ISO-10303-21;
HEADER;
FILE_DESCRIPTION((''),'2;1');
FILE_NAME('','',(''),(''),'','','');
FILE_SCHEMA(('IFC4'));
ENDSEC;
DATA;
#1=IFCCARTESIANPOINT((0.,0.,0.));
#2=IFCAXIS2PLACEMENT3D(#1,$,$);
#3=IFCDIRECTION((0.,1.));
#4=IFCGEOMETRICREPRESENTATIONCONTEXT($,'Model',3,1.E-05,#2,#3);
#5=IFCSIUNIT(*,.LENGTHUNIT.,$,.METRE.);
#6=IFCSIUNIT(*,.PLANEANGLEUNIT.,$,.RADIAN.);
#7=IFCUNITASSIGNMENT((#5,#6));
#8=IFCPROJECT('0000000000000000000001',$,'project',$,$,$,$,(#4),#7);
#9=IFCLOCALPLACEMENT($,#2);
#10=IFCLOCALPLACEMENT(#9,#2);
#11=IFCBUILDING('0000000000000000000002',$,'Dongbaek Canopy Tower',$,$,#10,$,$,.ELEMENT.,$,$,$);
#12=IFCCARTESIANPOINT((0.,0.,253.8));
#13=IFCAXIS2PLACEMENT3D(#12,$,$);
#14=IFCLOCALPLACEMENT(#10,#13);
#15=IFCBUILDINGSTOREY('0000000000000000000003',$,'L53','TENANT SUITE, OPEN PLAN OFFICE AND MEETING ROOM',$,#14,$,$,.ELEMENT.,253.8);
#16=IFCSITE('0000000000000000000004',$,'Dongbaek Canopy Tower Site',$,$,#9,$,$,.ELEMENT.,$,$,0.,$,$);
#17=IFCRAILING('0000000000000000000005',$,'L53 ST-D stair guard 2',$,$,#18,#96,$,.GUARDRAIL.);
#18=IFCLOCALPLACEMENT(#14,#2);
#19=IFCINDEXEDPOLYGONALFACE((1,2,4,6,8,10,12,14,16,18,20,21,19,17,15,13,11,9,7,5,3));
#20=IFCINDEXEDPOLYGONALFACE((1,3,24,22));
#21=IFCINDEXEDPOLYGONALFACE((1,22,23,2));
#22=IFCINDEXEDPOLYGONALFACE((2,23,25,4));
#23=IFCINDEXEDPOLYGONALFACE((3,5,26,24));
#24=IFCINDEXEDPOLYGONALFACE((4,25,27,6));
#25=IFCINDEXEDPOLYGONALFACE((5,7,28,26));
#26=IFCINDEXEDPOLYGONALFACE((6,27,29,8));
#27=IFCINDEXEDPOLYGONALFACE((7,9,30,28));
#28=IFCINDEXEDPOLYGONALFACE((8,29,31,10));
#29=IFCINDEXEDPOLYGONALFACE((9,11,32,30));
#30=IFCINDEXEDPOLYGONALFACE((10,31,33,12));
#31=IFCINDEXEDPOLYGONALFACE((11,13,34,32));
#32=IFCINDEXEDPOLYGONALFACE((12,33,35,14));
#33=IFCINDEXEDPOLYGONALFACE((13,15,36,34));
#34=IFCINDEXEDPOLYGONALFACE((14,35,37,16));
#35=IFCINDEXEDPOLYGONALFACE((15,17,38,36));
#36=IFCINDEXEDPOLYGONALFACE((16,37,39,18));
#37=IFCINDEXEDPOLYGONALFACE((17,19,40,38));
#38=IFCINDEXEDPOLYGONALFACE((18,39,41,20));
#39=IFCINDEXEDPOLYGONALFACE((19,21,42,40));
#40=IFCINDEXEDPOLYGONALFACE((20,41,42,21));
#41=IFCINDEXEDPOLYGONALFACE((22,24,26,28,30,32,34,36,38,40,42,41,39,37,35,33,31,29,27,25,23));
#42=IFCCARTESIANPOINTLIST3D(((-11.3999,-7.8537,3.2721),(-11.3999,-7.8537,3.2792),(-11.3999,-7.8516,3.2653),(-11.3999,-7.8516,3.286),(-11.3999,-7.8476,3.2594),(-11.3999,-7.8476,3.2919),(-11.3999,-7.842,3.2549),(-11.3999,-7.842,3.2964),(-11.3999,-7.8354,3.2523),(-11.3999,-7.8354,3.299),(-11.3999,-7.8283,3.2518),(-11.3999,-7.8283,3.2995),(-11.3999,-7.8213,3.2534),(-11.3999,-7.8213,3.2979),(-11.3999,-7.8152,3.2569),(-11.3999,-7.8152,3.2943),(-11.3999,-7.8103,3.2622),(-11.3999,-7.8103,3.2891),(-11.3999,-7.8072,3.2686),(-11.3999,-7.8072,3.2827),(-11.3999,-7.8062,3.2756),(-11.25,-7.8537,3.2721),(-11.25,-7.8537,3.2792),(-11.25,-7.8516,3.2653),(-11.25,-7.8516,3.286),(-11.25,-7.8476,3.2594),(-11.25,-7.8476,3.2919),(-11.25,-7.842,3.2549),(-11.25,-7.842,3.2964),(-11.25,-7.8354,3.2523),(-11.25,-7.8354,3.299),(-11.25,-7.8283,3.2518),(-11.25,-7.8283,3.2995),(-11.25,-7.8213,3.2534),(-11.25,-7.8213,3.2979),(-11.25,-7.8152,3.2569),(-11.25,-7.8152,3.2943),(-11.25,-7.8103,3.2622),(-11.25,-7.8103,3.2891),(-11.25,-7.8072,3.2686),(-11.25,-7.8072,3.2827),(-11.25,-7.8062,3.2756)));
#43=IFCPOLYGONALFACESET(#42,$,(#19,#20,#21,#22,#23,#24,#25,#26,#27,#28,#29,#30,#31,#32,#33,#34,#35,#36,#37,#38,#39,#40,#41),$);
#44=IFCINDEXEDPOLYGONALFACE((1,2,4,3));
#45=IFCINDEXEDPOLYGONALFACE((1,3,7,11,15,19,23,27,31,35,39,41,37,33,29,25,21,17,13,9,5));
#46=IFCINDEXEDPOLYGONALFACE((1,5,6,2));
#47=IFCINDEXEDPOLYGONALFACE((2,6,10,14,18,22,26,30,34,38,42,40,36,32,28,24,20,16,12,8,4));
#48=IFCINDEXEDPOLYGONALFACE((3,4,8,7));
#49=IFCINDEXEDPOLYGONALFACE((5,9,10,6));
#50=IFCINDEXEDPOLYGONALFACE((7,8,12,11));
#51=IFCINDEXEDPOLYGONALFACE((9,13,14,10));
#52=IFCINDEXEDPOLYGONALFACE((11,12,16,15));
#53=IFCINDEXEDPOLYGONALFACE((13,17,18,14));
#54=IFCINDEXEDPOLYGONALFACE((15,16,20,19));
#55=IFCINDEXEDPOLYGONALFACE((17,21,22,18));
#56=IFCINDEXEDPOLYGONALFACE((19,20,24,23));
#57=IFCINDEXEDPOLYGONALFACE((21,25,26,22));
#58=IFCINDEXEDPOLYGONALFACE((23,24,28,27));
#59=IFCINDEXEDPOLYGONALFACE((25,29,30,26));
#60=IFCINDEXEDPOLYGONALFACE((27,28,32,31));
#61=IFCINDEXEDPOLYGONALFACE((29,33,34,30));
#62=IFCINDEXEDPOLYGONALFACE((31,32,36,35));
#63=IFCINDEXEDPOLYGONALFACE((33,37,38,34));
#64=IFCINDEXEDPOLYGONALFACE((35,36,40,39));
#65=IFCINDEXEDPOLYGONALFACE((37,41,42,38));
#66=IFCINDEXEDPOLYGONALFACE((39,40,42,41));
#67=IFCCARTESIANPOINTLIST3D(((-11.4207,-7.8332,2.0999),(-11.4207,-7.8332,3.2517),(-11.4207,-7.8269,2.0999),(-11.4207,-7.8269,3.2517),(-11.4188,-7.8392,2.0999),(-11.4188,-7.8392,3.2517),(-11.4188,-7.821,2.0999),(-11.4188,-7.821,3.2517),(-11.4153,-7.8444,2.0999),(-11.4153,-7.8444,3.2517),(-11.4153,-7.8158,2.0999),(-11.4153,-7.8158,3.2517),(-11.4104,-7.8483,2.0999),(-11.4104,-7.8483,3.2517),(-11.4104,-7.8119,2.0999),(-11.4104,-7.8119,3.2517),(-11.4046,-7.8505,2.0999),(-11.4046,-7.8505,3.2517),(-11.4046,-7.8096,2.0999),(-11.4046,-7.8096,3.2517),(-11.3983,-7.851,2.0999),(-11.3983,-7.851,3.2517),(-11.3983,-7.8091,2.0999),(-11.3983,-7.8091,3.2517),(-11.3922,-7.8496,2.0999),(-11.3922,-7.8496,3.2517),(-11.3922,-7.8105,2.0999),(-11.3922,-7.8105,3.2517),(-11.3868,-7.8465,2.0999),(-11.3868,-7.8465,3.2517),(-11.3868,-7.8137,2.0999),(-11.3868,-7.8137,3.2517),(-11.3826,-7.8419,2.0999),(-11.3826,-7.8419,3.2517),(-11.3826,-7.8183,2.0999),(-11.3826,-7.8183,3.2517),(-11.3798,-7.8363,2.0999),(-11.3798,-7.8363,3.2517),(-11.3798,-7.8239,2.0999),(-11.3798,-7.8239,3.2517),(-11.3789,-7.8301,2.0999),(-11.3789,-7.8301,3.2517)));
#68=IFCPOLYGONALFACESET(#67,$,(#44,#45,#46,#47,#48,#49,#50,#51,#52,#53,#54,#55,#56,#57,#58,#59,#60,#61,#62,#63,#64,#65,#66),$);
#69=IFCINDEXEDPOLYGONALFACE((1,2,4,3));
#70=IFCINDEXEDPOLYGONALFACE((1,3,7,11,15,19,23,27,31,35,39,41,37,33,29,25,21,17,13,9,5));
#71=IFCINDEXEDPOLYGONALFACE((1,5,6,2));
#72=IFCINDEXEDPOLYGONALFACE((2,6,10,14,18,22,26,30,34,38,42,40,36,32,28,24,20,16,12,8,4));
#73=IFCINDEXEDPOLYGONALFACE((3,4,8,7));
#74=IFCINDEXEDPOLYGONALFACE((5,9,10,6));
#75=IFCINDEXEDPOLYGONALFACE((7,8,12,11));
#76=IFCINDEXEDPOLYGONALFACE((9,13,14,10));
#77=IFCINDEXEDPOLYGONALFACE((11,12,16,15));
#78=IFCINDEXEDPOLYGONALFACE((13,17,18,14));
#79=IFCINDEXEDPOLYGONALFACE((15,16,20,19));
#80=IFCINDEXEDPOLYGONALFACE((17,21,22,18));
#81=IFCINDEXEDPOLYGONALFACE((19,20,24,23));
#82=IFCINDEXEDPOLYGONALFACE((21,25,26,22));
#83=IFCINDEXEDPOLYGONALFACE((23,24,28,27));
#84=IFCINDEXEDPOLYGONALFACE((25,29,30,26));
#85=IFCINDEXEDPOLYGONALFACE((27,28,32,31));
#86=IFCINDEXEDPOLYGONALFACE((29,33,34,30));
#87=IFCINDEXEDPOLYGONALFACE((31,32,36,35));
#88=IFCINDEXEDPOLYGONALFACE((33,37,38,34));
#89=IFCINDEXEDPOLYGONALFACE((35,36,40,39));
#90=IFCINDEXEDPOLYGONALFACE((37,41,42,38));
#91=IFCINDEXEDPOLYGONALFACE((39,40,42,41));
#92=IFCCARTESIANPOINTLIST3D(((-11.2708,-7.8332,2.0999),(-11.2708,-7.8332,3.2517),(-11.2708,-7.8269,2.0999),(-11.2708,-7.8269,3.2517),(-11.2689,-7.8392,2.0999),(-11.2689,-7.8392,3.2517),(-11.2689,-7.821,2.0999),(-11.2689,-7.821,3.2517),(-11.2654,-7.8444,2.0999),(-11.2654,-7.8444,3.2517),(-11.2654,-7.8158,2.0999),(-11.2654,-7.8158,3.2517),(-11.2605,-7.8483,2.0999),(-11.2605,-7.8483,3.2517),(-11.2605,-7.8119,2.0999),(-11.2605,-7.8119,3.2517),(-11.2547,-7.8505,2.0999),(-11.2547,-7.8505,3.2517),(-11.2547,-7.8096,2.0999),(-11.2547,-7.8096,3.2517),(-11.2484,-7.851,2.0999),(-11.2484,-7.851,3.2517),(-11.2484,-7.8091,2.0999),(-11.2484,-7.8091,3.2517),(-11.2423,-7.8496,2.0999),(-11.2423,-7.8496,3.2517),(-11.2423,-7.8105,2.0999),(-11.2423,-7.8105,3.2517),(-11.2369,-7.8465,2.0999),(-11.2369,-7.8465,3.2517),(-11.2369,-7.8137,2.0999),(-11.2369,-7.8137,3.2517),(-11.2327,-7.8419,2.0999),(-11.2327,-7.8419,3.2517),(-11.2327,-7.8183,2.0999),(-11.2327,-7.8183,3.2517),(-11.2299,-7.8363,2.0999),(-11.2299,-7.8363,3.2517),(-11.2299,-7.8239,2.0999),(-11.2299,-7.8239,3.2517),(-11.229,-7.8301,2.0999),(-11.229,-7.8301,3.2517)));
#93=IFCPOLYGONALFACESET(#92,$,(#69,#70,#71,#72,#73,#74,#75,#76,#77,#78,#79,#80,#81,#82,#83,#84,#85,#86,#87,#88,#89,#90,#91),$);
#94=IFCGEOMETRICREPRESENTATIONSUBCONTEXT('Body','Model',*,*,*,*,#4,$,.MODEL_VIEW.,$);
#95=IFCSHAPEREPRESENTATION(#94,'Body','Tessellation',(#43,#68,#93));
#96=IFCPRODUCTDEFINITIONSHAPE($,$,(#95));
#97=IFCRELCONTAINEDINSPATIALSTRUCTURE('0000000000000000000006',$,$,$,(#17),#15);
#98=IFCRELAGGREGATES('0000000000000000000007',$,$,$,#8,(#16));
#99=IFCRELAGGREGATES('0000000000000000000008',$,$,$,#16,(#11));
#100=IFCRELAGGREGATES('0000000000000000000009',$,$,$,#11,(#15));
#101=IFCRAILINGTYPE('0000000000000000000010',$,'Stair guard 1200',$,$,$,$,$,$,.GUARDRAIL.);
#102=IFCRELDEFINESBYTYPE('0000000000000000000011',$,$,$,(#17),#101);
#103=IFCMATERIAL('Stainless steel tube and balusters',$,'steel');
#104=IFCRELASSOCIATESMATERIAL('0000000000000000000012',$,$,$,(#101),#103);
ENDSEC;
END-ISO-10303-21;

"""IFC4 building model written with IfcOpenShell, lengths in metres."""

from ifc_helpers import new_model, si_unit, direction, frame, origin, origin_2d, place, context, subcontext, project, spatial, circle, extrude, material, type_object, element, save


model = new_model("IFC4")

# Units and contexts
model_context = context("Model", 3, precision=1e-05, world=origin(), true_north=direction((0.0, 1.0)))
body_context = subcontext(model_context, "Body", "Model", "MODEL_VIEW")
ifc_project = project(units=[si_unit("LENGTHUNIT", "METRE"), si_unit("PLANEANGLEUNIT", "RADIAN")], contexts=[model_context])

# Site, building, storey
site_placement = place(None, origin())
site = spatial("IfcSite", under=ifc_project, at=site_placement, Name="Dongbaek Canopy Tower Site", CompositionType="ELEMENT", RefElevation=0.0)
building_placement = place(site_placement, origin())
building = spatial("IfcBuilding", under=site, at=building_placement, Name="Dongbaek Canopy Tower", CompositionType="ELEMENT")
storey_placement = place(building_placement, frame((0.0, 0.0, 253.8)))
storey = spatial("IfcBuildingStorey", under=building, at=storey_placement, Name="L53", Description="TENANT SUITE, OPEN PLAN OFFICE AND MEETING ROOM", CompositionType="ELEMENT", Elevation=253.8)

# Railing
ifc_material_1 = material(Name="Stainless steel tube and balusters", Category="steel")
railing_type_1 = type_object("IfcRailingType", Name="Stair guard 1200", PredefinedType="GUARDRAIL", material=ifc_material_1)
railing_1_placement = place(storey_placement, frame((-11.3999, -7.8301, 2.0999)))
element("IfcRailing", 1, at=railing_1_placement, inside=storey, type_object=railing_type_1, Name="L53 ST-D stair guard 2", PredefinedType="GUARDRAIL", context=body_context, shape_type="SweptSolid", body=[
    extrude(circle(Radius=0.0239, at=origin_2d()), frame((0.0, 0.0, 1.1758), z_axis=(1.0, 0.0, 0.0), x_axis=(0.0, 1.0, 0.0)), (0.0, 0.0, 1.0), 0.1499),
    extrude(circle(Radius=0.021, at=origin_2d()), origin(), (0.0, 0.0, 1.0), 1.1519),
    extrude(circle(Radius=0.021, at=origin_2d()), frame((0.1499, 0.0, 0.0)), (0.0, 0.0, 1.0), 1.1519),
])

save(model, "model.ifc")
